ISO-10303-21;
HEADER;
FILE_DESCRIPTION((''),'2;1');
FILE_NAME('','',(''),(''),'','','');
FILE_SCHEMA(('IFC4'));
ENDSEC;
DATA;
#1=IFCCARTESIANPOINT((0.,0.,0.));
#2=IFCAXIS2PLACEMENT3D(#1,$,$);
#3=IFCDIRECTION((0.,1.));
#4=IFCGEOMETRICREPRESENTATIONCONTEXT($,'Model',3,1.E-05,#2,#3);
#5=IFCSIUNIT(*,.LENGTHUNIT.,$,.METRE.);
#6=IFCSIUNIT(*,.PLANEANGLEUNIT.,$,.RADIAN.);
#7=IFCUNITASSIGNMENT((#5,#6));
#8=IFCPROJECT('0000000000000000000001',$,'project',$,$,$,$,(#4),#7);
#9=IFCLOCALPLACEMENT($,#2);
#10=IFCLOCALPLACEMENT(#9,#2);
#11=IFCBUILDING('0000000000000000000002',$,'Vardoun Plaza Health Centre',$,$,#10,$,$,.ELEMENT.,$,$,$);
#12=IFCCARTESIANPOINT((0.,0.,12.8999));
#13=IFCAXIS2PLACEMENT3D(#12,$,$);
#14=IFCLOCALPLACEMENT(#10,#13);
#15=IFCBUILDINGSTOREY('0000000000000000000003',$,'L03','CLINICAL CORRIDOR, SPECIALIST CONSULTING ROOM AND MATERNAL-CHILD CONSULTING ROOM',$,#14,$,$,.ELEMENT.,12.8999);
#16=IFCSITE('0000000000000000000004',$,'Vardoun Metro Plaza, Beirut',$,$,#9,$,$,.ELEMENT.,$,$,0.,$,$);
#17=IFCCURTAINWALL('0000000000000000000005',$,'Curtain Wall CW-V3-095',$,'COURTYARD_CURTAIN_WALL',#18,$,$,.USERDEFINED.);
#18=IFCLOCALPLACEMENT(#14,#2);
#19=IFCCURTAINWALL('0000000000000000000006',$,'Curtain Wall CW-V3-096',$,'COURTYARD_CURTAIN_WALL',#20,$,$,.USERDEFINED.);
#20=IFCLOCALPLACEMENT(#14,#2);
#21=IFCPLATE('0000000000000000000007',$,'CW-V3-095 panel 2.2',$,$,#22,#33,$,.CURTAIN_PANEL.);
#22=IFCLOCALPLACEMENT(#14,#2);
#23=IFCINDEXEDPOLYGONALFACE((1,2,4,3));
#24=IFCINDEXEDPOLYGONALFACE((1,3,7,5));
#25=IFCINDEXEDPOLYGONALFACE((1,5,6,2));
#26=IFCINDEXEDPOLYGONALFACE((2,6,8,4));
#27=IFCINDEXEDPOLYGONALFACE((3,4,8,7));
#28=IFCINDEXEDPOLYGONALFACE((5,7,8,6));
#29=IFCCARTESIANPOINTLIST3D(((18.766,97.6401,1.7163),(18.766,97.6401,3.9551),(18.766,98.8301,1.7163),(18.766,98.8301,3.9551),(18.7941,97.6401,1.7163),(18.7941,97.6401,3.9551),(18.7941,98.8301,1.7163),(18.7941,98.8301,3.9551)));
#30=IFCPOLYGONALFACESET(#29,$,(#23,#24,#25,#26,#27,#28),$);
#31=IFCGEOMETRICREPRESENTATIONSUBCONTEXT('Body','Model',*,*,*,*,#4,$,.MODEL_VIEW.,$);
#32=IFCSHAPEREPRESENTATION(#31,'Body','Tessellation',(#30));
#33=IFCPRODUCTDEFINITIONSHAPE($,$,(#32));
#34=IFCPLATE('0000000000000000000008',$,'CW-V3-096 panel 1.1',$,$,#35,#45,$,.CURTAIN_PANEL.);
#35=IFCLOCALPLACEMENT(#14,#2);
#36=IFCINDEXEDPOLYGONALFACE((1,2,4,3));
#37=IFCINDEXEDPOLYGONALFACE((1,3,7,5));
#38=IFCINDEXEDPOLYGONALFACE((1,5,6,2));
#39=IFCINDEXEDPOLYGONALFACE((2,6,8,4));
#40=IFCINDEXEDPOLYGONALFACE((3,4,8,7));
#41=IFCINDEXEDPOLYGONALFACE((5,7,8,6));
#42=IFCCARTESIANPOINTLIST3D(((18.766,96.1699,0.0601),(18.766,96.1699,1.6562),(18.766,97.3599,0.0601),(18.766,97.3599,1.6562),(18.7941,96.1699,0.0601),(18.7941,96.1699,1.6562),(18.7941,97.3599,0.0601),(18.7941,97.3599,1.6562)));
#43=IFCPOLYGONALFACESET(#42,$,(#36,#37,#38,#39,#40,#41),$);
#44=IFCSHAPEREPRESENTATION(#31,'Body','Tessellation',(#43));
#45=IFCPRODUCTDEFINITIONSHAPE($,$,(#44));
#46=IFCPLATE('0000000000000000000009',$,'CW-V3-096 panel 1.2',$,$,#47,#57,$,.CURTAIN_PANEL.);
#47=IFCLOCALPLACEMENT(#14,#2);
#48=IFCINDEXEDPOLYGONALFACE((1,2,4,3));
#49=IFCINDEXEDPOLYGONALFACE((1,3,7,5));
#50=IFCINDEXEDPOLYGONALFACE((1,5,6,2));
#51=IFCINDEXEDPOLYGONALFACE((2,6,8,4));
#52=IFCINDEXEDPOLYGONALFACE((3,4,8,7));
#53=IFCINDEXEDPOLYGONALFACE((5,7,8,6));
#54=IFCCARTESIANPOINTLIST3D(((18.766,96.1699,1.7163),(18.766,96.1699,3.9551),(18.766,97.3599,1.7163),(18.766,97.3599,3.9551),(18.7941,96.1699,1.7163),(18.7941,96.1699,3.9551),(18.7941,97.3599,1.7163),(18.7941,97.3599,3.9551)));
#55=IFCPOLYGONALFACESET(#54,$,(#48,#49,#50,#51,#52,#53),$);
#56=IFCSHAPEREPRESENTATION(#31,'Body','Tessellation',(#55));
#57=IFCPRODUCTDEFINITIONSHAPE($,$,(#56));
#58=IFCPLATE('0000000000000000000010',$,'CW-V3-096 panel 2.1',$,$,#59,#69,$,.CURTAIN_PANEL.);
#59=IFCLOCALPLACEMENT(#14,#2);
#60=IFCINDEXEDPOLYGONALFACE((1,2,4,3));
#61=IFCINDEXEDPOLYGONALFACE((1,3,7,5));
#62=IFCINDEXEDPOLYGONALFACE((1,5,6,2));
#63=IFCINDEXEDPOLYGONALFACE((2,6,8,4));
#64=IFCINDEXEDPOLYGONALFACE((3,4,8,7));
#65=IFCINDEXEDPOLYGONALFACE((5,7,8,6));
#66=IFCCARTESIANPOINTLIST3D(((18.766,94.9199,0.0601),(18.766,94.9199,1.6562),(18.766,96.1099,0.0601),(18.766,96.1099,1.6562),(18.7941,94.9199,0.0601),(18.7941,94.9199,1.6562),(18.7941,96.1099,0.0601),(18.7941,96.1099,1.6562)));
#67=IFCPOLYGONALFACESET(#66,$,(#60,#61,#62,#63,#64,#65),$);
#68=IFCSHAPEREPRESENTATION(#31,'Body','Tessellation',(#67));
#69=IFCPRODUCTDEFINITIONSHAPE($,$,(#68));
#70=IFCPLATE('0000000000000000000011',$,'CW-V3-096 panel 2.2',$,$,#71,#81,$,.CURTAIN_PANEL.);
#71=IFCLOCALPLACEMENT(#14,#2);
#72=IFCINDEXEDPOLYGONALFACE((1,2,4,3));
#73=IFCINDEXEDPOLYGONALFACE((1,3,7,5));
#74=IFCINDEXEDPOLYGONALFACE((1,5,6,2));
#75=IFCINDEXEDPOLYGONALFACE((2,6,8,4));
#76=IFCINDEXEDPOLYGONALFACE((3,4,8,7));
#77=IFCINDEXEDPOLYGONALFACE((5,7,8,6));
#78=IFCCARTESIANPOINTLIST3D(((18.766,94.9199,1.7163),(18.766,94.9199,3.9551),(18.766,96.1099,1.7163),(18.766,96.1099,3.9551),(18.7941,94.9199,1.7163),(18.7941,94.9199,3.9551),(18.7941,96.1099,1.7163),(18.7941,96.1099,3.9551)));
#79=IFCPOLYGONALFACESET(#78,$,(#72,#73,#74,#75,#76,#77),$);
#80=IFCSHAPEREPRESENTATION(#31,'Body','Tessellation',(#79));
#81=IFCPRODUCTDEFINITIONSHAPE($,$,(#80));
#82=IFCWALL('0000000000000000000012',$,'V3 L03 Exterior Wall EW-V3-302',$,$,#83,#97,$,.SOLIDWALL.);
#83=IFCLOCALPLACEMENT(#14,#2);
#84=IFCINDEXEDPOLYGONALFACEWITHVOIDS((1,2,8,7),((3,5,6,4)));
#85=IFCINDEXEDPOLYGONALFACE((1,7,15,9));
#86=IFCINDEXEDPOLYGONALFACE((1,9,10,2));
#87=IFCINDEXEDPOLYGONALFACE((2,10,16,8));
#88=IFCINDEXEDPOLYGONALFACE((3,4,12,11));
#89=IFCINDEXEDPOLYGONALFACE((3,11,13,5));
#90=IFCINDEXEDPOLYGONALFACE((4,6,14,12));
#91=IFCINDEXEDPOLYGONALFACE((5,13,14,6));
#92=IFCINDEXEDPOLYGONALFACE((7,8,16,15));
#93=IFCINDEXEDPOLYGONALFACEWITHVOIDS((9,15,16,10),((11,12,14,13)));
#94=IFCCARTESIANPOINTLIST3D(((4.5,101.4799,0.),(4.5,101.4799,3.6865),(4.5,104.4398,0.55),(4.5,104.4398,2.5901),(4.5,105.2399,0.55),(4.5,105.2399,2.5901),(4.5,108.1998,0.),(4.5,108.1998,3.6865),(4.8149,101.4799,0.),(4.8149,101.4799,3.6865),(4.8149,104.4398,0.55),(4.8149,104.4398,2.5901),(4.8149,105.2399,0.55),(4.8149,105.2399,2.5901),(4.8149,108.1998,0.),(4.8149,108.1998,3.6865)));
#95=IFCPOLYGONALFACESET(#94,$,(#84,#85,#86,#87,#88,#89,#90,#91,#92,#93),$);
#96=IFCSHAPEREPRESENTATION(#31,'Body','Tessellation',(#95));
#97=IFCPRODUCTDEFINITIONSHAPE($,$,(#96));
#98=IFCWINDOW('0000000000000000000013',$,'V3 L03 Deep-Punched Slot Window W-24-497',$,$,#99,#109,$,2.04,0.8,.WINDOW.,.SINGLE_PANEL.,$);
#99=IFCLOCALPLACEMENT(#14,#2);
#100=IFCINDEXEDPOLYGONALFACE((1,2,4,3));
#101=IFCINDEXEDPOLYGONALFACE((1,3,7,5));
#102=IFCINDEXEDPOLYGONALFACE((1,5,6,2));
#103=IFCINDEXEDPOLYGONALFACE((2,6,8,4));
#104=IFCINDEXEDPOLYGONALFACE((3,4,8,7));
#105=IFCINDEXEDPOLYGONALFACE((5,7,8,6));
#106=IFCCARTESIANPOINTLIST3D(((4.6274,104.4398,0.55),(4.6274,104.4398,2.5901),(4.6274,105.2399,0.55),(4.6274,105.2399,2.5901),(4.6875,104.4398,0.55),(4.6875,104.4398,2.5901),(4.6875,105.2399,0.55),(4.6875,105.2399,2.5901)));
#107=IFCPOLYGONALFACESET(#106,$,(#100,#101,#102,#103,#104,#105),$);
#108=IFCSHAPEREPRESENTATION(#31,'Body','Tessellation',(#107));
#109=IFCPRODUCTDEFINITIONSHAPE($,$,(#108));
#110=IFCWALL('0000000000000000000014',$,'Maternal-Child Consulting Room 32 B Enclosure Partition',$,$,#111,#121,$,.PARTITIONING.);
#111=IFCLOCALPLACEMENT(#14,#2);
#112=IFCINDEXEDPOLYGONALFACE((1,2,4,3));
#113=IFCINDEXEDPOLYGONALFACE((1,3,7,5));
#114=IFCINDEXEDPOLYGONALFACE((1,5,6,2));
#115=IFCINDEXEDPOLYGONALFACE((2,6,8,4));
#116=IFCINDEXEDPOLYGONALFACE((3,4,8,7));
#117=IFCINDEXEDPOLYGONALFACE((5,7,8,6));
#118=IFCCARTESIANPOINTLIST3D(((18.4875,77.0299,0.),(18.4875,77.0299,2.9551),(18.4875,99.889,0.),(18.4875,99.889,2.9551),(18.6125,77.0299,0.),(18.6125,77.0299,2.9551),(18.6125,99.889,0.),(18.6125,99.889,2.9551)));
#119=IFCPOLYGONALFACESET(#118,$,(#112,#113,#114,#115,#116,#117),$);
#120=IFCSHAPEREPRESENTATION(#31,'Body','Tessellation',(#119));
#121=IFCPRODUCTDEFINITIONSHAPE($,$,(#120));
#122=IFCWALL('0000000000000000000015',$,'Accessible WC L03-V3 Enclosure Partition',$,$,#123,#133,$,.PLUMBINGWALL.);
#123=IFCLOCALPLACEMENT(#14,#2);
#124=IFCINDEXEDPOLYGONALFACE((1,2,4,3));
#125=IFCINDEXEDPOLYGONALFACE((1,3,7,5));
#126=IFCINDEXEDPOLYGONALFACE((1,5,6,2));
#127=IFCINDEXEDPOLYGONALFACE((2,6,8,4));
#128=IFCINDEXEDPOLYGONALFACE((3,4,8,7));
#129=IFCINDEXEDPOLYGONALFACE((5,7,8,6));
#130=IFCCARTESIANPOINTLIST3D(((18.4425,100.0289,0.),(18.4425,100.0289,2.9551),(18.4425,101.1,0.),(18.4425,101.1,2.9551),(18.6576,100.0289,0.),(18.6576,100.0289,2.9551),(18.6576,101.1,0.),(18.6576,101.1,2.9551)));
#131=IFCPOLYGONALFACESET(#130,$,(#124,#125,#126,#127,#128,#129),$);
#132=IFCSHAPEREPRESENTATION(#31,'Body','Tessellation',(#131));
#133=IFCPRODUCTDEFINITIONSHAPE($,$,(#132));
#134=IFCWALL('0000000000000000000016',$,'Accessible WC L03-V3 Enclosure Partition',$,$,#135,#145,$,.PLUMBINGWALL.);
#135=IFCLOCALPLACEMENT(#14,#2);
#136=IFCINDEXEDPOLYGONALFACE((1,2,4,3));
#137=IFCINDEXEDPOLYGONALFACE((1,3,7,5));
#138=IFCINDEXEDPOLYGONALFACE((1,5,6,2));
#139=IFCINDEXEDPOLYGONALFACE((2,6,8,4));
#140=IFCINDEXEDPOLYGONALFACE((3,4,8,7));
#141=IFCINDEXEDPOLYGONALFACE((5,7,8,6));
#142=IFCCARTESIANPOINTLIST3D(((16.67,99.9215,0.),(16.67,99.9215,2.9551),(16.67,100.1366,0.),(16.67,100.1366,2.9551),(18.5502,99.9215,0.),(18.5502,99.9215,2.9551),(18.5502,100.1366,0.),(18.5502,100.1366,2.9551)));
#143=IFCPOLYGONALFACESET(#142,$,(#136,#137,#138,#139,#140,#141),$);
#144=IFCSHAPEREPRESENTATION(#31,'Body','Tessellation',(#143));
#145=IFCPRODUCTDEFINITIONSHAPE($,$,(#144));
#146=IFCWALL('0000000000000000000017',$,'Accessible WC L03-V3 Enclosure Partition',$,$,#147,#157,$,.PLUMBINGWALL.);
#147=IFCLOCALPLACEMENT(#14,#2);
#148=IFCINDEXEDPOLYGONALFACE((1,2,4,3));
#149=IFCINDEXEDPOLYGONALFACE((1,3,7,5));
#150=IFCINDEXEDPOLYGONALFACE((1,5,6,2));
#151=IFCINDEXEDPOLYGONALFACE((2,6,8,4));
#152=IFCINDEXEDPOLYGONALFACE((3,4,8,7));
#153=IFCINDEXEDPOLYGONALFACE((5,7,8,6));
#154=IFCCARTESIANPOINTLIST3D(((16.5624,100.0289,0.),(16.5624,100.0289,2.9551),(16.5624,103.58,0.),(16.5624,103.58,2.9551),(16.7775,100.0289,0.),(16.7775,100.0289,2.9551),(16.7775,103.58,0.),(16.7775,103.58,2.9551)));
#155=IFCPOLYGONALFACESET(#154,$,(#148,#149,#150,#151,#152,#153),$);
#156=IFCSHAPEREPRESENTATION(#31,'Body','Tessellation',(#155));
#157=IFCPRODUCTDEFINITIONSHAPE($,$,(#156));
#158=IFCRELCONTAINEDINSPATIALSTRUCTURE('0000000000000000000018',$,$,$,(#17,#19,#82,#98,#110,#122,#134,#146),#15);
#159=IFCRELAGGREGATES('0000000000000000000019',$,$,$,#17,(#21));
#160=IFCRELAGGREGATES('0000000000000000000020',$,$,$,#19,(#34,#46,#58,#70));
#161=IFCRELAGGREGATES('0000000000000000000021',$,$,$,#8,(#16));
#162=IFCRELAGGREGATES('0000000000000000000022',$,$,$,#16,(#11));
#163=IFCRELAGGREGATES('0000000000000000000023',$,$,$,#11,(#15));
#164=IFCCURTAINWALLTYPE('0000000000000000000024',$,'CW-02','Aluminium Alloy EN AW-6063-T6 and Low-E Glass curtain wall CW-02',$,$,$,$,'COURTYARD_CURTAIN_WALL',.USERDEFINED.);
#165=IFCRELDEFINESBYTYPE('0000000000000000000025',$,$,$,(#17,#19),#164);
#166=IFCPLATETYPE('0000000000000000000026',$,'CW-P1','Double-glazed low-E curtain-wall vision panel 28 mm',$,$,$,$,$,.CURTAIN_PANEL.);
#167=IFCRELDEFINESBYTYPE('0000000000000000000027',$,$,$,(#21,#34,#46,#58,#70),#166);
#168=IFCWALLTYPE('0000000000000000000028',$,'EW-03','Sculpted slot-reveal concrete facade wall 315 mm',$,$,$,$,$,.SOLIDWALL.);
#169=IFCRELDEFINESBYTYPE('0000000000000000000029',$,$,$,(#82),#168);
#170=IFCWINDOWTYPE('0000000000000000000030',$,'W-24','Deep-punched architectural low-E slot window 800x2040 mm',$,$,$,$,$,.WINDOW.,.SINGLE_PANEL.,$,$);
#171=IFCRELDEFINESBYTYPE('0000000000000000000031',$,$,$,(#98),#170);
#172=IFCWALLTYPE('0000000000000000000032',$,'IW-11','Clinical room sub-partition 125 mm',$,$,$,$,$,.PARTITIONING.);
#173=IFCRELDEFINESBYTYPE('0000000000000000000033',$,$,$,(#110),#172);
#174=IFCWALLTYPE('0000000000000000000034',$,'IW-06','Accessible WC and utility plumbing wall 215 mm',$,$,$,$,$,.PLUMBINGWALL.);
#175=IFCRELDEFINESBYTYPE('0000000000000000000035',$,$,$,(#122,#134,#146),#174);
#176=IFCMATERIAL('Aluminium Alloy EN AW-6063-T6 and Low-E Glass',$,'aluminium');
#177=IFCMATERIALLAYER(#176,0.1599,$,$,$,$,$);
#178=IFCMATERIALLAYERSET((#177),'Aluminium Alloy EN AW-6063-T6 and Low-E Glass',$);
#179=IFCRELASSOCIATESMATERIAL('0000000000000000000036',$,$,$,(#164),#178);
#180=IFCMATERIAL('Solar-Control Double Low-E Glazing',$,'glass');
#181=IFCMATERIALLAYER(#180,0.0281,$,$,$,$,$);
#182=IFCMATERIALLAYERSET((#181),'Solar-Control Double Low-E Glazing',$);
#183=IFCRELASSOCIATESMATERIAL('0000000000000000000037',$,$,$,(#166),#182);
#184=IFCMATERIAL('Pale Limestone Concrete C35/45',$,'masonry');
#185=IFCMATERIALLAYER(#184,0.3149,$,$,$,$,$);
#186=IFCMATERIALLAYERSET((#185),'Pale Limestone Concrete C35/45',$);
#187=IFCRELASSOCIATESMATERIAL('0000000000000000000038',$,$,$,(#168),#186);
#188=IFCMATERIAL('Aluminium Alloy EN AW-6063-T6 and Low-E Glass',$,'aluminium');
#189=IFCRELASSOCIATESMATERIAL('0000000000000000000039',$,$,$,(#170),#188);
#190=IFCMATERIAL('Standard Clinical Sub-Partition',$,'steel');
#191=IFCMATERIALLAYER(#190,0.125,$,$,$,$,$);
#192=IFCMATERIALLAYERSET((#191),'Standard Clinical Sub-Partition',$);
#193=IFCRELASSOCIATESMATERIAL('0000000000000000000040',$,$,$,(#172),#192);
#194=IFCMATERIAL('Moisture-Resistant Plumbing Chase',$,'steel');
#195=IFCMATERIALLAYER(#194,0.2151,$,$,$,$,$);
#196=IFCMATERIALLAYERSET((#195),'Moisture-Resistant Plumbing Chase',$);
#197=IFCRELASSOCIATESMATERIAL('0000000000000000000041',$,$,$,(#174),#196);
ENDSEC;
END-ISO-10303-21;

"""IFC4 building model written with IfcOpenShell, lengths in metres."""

from ifc_helpers import new_model, si_unit, direction, frame, frame_2d, origin, origin_2d, place, context, subcontext, project, spatial, rectangle, extrude, material, layer, layer_set, type_object, element, fill, aggregate, save


model = new_model("IFC4")

# Units and contexts
model_context = context("Model", 3, precision=1e-05, world=origin(), true_north=direction((0.0, 1.0)))
body_context = subcontext(model_context, "Body", "Model", "MODEL_VIEW")
ifc_project = project(units=[si_unit("LENGTHUNIT", "METRE"), si_unit("PLANEANGLEUNIT", "RADIAN")], contexts=[model_context])

# Site, building, storey
site_placement = place(None, origin())
site = spatial("IfcSite", under=ifc_project, at=site_placement, Name="Vardoun Metro Plaza, Beirut", CompositionType="ELEMENT", RefElevation=0.0)
building_placement = place(site_placement, origin())
building = spatial("IfcBuilding", under=site, at=building_placement, Name="Vardoun Plaza Health Centre", CompositionType="ELEMENT")
storey_placement = place(building_placement, frame((0.0, 0.0, 12.8999)))
storey = spatial("IfcBuildingStorey", under=building, at=storey_placement, Name="L03", Description="CLINICAL CORRIDOR, SPECIALIST CONSULTING ROOM AND MATERNAL-CHILD CONSULTING ROOM", CompositionType="ELEMENT", Elevation=12.8999)

# Curtain walls
ifc_material_1 = material(Name="Aluminium Alloy EN AW-6063-T6 and Low-E Glass", Category="aluminium")
ifc_layer_1 = layer(ifc_material_1, 0.1599)
ifc_layer_set_1 = layer_set([ifc_layer_1], Name="Aluminium Alloy EN AW-6063-T6 and Low-E Glass")
curtain_wall_type = type_object("IfcCurtainWallType", Name="CW-02", Description="Aluminium Alloy EN AW-6063-T6 and Low-E Glass curtain wall CW-02", ElementType="COURTYARD_CURTAIN_WALL", PredefinedType="USERDEFINED", material=ifc_layer_set_1)
curtain_wall_1_placement = place(storey_placement, origin())
curtain_wall_1 = element("IfcCurtainWall", 1, at=curtain_wall_1_placement, inside=storey, type_object=curtain_wall_type, Name="Curtain Wall CW-V3-095", ObjectType="COURTYARD_CURTAIN_WALL", PredefinedType="USERDEFINED")
curtain_wall_2_placement = place(storey_placement, origin())
curtain_wall_2 = element("IfcCurtainWall", 2, at=curtain_wall_2_placement, inside=storey, type_object=curtain_wall_type, Name="Curtain Wall CW-V3-096", ObjectType="COURTYARD_CURTAIN_WALL", PredefinedType="USERDEFINED")

# Plates
ifc_material_2 = material(Name="Solar-Control Double Low-E Glazing", Category="glass")
ifc_layer_2 = layer(ifc_material_2, 0.0281)
ifc_layer_set_2 = layer_set([ifc_layer_2], Name="Solar-Control Double Low-E Glazing")
plate_type = type_object("IfcPlateType", Name="CW-P1", Description="Double-glazed low-E curtain-wall vision panel 28 mm", PredefinedType="CURTAIN_PANEL", material=ifc_layer_set_2)
plate_1_placement = place(storey_placement, frame((18.78, 98.2351, 1.7163), z_axis=(0.0, 0.0, 1.0), x_axis=(0.0, -1.0, 0.0)))
plate_1 = element("IfcPlate", 3, at=plate_1_placement, type_object=plate_type, Name="CW-V3-095 panel 2.2", PredefinedType="CURTAIN_PANEL", context=body_context, shape_type="SweptSolid", body=[
    extrude(rectangle(XDim=1.1899, YDim=0.0281, at=origin_2d()), origin(), (0.0, 0.0, 1.0), 2.2388),
])
aggregate(curtain_wall_1, [plate_1])
plate_2_placement = place(storey_placement, frame((18.78, 96.7649, 0.0601), z_axis=(0.0, 0.0, 1.0), x_axis=(0.0, -1.0, 0.0)))
plate_2 = element("IfcPlate", 4, at=plate_2_placement, type_object=plate_type, Name="CW-V3-096 panel 1.1", PredefinedType="CURTAIN_PANEL", context=body_context, shape_type="SweptSolid", body=[
    extrude(rectangle(XDim=1.1899, YDim=0.0281, at=origin_2d()), origin(), (0.0, 0.0, 1.0), 1.5962),
])
plate_3_placement = place(storey_placement, frame((18.78, 96.7649, 1.7163), z_axis=(0.0, 0.0, 1.0), x_axis=(0.0, -1.0, 0.0)))
plate_3 = element("IfcPlate", 5, at=plate_3_placement, type_object=plate_type, Name="CW-V3-096 panel 1.2", PredefinedType="CURTAIN_PANEL", context=body_context, shape_type="SweptSolid", body=[
    extrude(rectangle(XDim=1.1899, YDim=0.0281, at=origin_2d()), origin(), (0.0, 0.0, 1.0), 2.2388),
])
plate_4_placement = place(storey_placement, frame((18.78, 95.5149, 0.0601), z_axis=(0.0, 0.0, 1.0), x_axis=(0.0, -1.0, 0.0)))
plate_4 = element("IfcPlate", 6, at=plate_4_placement, type_object=plate_type, Name="CW-V3-096 panel 2.1", PredefinedType="CURTAIN_PANEL", context=body_context, shape_type="SweptSolid", body=[
    extrude(rectangle(XDim=1.1899, YDim=0.0281, at=origin_2d()), origin(), (0.0, 0.0, 1.0), 1.5962),
])
plate_5_placement = place(storey_placement, frame((18.78, 95.5149, 1.7163), z_axis=(0.0, 0.0, 1.0), x_axis=(0.0, -1.0, 0.0)))
plate_5 = element("IfcPlate", 7, at=plate_5_placement, type_object=plate_type, Name="CW-V3-096 panel 2.2", PredefinedType="CURTAIN_PANEL", context=body_context, shape_type="SweptSolid", body=[
    extrude(rectangle(XDim=1.1899, YDim=0.0281, at=origin_2d()), origin(), (0.0, 0.0, 1.0), 2.2388),
])
aggregate(curtain_wall_2, [plate_2, plate_3, plate_4, plate_5])

# Wall, opening, window
ifc_material_3 = material(Name="Pale Limestone Concrete C35/45", Category="masonry")
ifc_layer_3 = layer(ifc_material_3, 0.3149)
ifc_layer_set_3 = layer_set([ifc_layer_3], Name="Pale Limestone Concrete C35/45")
wall_type_1 = type_object("IfcWallType", Name="EW-03", Description="Sculpted slot-reveal concrete facade wall 315 mm", PredefinedType="SOLIDWALL", material=ifc_layer_set_3)
wall_1_placement = place(storey_placement, frame((4.6575, 101.48, 0.0), z_axis=(0.0, 0.0, 1.0), x_axis=(0.0, 1.0, 0.0)))
wall_1 = element("IfcWall", 8, at=wall_1_placement, inside=storey, type_object=wall_type_1, Name="V3 L03 Exterior Wall EW-V3-302", PredefinedType="SOLIDWALL", context=body_context, shape_type="SweptSolid", body=[
    extrude(rectangle(XDim=6.72, YDim=0.3149, at=frame_2d((3.3599, 0.0))), origin(), (0.0, 0.0, 1.0), 3.6865),
])
opening_placement = place(wall_1_placement, frame((2.96, 0.0, 0.55)))
opening = element("IfcOpeningElement", 9, at=opening_placement, cuts=wall_1, PredefinedType="OPENING", context=body_context, shape_type="SweptSolid", body=[
    extrude(rectangle(XDim=0.8, YDim=2.04, at=frame_2d((0.3999, 1.02))), frame((0.0, 0.1575, 0.0), z_axis=(0.0, -1.0, 0.0), x_axis=(1.0, 0.0, 0.0)), (0.0, 0.0, 1.0), 0.3149),
])
ifc_material_4 = material(Name="Aluminium Alloy EN AW-6063-T6 and Low-E Glass", Category="aluminium")
window_type = type_object("IfcWindowType", Name="W-24", Description="Deep-punched architectural low-E slot window 800x2040 mm", PartitioningType="SINGLE_PANEL", PredefinedType="WINDOW", material=ifc_material_4)
window_placement = place(opening_placement, origin())
window = element("IfcWindow", 10, at=window_placement, inside=storey, type_object=window_type, Name="V3 L03 Deep-Punched Slot Window W-24-497", OverallHeight=2.04, OverallWidth=0.8, PartitioningType="SINGLE_PANEL", PredefinedType="WINDOW", context=body_context, shape_type="SweptSolid", body=[
    extrude(rectangle(XDim=0.8, YDim=2.04, at=frame_2d((0.3999, 1.02))), frame((0.0, 0.03, 0.0), z_axis=(0.0, -1.0, 0.0), x_axis=(1.0, 0.0, 0.0)), (0.0, 0.0, 1.0), 0.0601),
])
fill(opening, window)

# Walls
ifc_material_5 = material(Name="Standard Clinical Sub-Partition", Category="steel")
ifc_layer_4 = layer(ifc_material_5, 0.125)
ifc_layer_set_4 = layer_set([ifc_layer_4], Name="Standard Clinical Sub-Partition")
wall_type_2 = type_object("IfcWallType", Name="IW-11", Description="Clinical room sub-partition 125 mm", PredefinedType="PARTITIONING", material=ifc_layer_set_4)
wall_2_placement = place(storey_placement, frame((18.55, 99.8892, 0.0), z_axis=(0.0, 0.0, 1.0), x_axis=(0.0, -1.0, 0.0)))
element("IfcWall", 11, at=wall_2_placement, inside=storey, type_object=wall_type_2, Name="Maternal-Child Consulting Room 32 B Enclosure Partition", PredefinedType="PARTITIONING", context=body_context, shape_type="SweptSolid", body=[
    extrude(rectangle(XDim=22.8591, YDim=0.125, at=frame_2d((11.4297, 0.0))), origin(), (0.0, 0.0, 1.0), 2.9551),
])
ifc_material_6 = material(Name="Moisture-Resistant Plumbing Chase", Category="steel")
ifc_layer_5 = layer(ifc_material_6, 0.2151)
ifc_layer_set_5 = layer_set([ifc_layer_5], Name="Moisture-Resistant Plumbing Chase")
wall_type_3 = type_object("IfcWallType", Name="IW-06", Description="Accessible WC and utility plumbing wall 215 mm", PredefinedType="PLUMBINGWALL", material=ifc_layer_set_5)
wall_3_placement = place(storey_placement, frame((18.55, 101.1001, 0.0), z_axis=(0.0, 0.0, 1.0), x_axis=(0.0, -1.0, 0.0)))
element("IfcWall", 12, at=wall_3_placement, inside=storey, type_object=wall_type_3, Name="Accessible WC L03-V3 Enclosure Partition", PredefinedType="PLUMBINGWALL", context=body_context, shape_type="SweptSolid", body=[
    extrude(rectangle(XDim=1.071, YDim=0.2151, at=frame_2d((0.5356, 0.0))), origin(), (0.0, 0.0, 1.0), 2.9551),
])
wall_4_placement = place(storey_placement, frame((18.55, 100.0291, 0.0), z_axis=(0.0, 0.0, 1.0), x_axis=(-1.0, 0.0, 0.0)))
element("IfcWall", 13, at=wall_4_placement, inside=storey, type_object=wall_type_3, Name="Accessible WC L03-V3 Enclosure Partition", PredefinedType="PLUMBINGWALL", context=body_context, shape_type="SweptSolid", body=[
    extrude(rectangle(XDim=1.8801, YDim=0.2151, at=frame_2d((0.9399, 0.0))), origin(), (0.0, 0.0, 1.0), 2.9551),
])
wall_5_placement = place(storey_placement, frame((16.6699, 100.0291, 0.0), z_axis=(0.0, 0.0, 1.0), x_axis=(0.0, 1.0, 0.0)))
element("IfcWall", 14, at=wall_5_placement, inside=storey, type_object=wall_type_3, Name="Accessible WC L03-V3 Enclosure Partition", PredefinedType="PLUMBINGWALL", context=body_context, shape_type="SweptSolid", body=[
    extrude(rectangle(XDim=3.551, YDim=0.2151, at=frame_2d((1.7754, 0.0))), origin(), (0.0, 0.0, 1.0), 2.9551),
])

save(model, "model.ifc")
